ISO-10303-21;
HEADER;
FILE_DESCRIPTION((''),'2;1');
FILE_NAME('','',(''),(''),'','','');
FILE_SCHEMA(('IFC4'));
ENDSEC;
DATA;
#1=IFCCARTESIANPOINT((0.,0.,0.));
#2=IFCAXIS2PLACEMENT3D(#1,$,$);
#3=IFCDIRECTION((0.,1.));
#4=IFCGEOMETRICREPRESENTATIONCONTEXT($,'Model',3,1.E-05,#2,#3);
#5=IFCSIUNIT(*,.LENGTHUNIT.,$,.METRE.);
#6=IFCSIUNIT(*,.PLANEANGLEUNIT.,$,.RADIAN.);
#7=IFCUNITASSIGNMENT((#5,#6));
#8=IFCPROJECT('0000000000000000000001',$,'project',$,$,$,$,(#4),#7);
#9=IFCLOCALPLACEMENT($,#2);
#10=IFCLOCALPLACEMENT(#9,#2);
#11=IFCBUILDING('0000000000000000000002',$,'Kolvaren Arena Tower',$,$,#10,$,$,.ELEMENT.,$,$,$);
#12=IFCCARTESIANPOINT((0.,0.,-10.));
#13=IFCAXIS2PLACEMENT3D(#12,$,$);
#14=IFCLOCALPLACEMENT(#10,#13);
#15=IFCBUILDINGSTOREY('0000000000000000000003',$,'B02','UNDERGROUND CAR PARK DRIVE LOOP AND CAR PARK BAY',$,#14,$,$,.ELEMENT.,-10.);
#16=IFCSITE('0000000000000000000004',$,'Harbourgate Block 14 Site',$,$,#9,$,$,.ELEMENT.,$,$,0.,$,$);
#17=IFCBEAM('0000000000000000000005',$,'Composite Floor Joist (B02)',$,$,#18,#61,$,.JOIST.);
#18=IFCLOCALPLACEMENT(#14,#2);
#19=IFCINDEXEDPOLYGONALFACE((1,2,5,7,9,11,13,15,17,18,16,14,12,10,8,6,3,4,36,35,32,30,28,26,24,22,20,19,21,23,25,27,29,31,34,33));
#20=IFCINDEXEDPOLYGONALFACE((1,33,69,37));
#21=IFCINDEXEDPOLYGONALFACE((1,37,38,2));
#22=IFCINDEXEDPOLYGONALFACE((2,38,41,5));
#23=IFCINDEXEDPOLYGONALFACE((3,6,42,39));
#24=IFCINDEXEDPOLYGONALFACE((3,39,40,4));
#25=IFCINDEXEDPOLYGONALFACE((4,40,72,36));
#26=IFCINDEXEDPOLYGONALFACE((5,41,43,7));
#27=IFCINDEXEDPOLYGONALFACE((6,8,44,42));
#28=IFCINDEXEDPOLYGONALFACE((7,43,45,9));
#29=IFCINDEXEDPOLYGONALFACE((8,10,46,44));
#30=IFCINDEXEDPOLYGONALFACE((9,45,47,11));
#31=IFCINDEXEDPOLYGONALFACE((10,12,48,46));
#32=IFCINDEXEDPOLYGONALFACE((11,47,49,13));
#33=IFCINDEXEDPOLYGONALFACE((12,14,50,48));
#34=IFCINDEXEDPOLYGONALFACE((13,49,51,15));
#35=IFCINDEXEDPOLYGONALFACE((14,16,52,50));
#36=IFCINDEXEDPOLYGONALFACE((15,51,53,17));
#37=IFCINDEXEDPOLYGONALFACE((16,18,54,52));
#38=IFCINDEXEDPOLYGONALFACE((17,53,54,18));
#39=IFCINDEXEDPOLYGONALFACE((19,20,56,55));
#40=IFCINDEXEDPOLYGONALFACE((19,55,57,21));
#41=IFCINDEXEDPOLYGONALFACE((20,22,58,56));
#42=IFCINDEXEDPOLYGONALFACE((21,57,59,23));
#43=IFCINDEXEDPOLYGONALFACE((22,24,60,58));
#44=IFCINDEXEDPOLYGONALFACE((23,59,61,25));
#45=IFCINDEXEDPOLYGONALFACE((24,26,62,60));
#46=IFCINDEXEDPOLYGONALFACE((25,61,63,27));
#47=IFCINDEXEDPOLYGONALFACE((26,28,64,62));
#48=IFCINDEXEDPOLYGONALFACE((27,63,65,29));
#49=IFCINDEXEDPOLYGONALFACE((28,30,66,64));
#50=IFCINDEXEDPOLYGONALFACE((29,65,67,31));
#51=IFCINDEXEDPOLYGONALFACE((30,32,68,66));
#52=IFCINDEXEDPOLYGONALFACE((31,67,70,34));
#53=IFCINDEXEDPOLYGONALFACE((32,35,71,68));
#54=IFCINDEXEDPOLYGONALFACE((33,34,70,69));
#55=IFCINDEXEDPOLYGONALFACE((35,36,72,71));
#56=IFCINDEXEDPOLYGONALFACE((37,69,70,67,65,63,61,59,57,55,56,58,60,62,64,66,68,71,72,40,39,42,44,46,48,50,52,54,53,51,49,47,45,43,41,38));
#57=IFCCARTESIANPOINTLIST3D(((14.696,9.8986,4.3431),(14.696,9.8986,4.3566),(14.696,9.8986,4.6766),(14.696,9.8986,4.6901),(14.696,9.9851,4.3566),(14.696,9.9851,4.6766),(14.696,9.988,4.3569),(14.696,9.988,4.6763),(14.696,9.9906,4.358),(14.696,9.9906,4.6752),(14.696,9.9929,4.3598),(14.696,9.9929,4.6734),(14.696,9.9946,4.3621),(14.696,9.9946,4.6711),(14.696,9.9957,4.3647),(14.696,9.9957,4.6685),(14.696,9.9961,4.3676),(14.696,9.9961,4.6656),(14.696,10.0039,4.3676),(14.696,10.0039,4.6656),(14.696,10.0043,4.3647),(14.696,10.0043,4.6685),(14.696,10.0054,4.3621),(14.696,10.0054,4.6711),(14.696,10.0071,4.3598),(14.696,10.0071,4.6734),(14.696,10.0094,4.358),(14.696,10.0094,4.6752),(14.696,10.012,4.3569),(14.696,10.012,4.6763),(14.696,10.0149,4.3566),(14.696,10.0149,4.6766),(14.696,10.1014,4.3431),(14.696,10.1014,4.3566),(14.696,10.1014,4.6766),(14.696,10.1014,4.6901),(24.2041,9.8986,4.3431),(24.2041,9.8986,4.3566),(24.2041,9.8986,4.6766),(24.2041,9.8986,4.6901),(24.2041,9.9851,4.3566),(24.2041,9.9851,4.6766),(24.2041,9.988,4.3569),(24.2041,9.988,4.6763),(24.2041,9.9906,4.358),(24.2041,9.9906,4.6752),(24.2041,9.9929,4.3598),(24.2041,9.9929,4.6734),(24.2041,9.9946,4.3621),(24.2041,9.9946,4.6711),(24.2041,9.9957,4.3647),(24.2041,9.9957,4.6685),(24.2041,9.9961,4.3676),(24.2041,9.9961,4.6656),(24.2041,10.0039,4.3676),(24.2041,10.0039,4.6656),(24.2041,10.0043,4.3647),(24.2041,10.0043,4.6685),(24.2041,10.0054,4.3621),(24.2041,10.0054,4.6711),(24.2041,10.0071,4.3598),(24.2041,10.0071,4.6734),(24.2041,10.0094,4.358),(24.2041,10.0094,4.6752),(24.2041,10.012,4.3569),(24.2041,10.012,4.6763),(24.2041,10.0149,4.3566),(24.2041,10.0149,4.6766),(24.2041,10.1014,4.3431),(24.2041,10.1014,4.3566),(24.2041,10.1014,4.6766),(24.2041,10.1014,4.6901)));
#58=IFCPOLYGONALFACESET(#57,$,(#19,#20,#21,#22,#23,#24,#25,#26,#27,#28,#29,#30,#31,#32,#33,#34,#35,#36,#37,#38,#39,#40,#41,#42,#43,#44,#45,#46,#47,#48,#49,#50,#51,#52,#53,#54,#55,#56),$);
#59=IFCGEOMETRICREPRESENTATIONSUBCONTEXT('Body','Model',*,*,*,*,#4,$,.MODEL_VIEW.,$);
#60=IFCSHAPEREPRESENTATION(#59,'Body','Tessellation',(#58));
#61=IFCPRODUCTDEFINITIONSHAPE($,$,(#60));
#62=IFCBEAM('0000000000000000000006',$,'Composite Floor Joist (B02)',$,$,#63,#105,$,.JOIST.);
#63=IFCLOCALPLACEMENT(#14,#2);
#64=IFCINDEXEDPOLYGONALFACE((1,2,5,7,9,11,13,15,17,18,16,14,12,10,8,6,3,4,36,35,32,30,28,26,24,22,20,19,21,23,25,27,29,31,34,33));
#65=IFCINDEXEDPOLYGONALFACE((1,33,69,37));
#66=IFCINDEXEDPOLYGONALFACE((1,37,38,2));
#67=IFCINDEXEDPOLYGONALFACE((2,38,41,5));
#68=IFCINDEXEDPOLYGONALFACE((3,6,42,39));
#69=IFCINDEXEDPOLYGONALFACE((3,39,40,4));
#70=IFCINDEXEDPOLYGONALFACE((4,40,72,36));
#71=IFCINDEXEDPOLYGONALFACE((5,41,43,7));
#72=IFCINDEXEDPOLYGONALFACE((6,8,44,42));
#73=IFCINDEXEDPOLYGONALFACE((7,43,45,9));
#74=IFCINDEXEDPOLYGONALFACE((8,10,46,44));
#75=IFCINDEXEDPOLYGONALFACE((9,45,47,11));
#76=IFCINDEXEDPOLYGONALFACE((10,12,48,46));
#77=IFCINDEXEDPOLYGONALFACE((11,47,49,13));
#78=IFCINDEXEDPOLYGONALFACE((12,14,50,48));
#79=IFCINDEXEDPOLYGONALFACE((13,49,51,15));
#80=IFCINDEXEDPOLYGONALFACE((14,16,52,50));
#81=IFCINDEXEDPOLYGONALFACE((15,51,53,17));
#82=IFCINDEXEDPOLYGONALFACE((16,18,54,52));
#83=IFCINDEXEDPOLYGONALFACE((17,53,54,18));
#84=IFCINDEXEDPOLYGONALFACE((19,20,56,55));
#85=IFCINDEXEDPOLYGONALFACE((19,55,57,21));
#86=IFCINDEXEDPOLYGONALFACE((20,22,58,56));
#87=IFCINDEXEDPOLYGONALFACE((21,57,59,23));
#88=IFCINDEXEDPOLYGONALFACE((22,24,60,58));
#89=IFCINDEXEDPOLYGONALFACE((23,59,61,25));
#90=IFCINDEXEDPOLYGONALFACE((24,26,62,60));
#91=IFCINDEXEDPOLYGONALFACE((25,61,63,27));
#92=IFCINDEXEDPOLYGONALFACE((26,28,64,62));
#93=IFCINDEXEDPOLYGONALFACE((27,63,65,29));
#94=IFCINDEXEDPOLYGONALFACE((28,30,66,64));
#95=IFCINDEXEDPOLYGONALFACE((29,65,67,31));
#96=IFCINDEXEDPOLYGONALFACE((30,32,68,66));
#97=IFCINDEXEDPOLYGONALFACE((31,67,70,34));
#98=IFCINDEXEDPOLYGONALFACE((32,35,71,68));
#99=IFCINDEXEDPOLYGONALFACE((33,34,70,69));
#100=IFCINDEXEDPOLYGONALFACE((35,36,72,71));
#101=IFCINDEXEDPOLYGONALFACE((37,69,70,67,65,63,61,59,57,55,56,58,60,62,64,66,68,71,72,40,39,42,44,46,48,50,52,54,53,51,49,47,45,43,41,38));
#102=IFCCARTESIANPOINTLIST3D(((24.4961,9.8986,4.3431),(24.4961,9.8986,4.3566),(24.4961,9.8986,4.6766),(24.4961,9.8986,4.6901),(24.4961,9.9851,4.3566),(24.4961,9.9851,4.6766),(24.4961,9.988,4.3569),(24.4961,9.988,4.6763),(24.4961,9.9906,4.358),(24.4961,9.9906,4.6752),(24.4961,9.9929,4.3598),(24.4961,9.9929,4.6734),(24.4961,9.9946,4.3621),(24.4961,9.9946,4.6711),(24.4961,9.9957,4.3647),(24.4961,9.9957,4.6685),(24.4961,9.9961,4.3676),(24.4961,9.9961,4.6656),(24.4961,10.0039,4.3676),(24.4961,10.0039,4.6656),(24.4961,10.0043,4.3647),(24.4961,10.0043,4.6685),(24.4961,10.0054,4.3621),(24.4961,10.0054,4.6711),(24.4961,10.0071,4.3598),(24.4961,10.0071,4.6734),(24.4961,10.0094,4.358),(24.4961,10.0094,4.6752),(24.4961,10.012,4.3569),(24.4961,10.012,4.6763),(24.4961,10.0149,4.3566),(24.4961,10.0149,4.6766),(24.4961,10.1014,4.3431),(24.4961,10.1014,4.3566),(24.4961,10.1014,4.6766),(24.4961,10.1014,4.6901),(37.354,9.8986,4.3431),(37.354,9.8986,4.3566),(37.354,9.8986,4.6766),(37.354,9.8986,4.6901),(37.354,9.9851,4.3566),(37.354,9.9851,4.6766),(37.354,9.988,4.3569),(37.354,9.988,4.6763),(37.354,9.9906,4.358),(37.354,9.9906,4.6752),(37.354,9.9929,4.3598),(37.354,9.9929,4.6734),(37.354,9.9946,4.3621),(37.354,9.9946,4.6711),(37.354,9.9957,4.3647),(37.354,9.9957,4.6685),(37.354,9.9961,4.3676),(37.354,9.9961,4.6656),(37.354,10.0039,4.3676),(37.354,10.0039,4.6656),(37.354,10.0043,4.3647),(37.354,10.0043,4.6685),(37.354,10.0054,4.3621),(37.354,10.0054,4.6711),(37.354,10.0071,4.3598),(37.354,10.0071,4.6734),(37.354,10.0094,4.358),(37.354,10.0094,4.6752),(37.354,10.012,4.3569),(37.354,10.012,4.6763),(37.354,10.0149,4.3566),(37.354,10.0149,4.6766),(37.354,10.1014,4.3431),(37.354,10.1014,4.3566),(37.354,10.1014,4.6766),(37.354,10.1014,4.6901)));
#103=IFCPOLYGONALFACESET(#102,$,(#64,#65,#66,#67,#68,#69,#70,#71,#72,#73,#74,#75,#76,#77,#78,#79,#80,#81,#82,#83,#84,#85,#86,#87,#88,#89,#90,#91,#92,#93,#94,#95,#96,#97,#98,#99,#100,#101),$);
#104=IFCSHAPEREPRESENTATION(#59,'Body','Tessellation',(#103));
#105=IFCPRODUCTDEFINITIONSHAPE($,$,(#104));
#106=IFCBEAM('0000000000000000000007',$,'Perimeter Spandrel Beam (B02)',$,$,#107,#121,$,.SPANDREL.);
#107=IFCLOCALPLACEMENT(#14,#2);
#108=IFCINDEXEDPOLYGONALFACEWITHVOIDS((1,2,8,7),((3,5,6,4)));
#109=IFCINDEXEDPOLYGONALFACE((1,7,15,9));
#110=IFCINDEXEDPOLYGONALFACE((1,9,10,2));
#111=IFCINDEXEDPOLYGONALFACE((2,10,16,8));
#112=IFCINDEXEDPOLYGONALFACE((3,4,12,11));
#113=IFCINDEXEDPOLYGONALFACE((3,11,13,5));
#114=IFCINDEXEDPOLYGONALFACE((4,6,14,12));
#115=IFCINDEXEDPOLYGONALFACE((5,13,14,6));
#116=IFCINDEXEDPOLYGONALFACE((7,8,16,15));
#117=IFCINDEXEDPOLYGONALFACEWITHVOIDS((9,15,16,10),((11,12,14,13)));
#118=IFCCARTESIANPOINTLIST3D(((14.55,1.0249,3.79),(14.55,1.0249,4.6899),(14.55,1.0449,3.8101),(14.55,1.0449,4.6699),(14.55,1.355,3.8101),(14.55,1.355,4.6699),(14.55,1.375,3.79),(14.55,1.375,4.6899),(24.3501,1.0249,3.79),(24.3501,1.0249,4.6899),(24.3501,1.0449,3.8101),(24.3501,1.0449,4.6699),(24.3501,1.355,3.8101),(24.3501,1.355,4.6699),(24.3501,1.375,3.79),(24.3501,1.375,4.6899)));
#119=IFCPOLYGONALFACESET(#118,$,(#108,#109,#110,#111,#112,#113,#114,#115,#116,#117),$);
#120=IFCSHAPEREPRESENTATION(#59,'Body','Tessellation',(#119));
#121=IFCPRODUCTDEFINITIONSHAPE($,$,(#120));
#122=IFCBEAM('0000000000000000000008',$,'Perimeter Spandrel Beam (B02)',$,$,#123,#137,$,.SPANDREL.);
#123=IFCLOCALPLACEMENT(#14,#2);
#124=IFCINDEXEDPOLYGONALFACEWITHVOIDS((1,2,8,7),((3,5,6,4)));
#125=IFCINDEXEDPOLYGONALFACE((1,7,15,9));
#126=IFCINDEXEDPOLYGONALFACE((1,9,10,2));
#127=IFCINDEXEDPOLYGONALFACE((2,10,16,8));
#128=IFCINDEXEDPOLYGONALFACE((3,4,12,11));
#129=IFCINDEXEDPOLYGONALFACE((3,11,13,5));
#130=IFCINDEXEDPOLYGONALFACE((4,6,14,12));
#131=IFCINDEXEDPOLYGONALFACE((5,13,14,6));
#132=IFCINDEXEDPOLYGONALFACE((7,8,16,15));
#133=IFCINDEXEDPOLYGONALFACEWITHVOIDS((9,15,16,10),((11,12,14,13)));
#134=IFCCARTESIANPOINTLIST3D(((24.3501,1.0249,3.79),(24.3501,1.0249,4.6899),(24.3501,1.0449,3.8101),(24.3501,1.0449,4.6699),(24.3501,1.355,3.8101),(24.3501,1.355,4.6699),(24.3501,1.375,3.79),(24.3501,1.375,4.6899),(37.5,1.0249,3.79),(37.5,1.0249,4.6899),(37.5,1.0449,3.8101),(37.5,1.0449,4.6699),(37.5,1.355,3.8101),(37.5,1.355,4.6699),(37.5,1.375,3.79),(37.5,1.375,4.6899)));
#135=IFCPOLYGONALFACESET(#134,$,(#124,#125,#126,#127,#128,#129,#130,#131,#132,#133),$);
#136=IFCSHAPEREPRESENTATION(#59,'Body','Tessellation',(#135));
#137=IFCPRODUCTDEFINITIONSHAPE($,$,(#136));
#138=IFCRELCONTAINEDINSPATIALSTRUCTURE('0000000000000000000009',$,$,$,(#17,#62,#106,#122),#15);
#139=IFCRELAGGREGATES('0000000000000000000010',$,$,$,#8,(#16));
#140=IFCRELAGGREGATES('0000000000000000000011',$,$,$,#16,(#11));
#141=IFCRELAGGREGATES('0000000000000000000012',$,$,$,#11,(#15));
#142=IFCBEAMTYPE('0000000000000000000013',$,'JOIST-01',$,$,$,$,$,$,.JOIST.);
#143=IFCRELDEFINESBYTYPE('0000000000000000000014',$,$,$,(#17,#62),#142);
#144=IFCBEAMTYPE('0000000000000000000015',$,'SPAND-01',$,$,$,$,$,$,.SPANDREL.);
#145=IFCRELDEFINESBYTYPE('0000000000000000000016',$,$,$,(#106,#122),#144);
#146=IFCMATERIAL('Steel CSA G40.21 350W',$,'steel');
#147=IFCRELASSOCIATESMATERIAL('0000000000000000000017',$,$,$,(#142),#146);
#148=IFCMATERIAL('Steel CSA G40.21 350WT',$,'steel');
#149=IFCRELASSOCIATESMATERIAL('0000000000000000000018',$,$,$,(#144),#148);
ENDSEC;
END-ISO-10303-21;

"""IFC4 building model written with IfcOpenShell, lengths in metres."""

from ifc_helpers import new_model, si_unit, direction, frame, origin, origin_2d, place, context, subcontext, project, spatial, hollow_rectangle, i_section, extrude, material, material_profile, profile_set, type_object, element, save


model = new_model("IFC4")

# Units and contexts
model_context = context("Model", 3, precision=1e-05, world=origin(), true_north=direction((0.0, 1.0)))
body_context = subcontext(model_context, "Body", "Model", "MODEL_VIEW")
ifc_project = project(units=[si_unit("LENGTHUNIT", "METRE"), si_unit("PLANEANGLEUNIT", "RADIAN")], contexts=[model_context])

# Site, building, storey
site_placement = place(None, origin())
site = spatial("IfcSite", under=ifc_project, at=site_placement, Name="Harbourgate Block 14 Site", CompositionType="ELEMENT", RefElevation=0.0)
building_placement = place(site_placement, origin())
building = spatial("IfcBuilding", under=site, at=building_placement, Name="Kolvaren Arena Tower", CompositionType="ELEMENT")
storey_placement = place(building_placement, frame((0.0, 0.0, -10.0)))
storey = spatial("IfcBuildingStorey", under=building, at=storey_placement, Name="B02", Description="UNDERGROUND CAR PARK DRIVE LOOP AND CAR PARK BAY", CompositionType="ELEMENT", Elevation=-10.0)

# Beams
ifc_material_1 = material(Name="Steel CSA G40.21 350W", Category="steel")
ifc_material_profile_1 = material_profile(ifc_material_1, i_section(OverallWidth=0.2029, OverallDepth=0.3469, WebThickness=0.0078, FlangeThickness=0.0134, FilletRadius=0.011, at=origin_2d()), Name="W360x64")
ifc_profile_set_1 = profile_set([ifc_material_profile_1], Name="Steel CSA G40.21 350W")
beam_type_1 = type_object("IfcBeamType", Name="JOIST-01", PredefinedType="JOIST", material=ifc_profile_set_1)
for number, where, z_axis, x_axis, name in (
    (1, (14.696, 10.0, 4.5166), (1.0, 0.0, 0.0), (0.0, 1.0, 0.0), "Composite Floor Joist (B02)"),
):
    element("IfcBeam", number, at=place(storey_placement, frame(where, z_axis=z_axis, x_axis=x_axis)), inside=storey, type_object=beam_type_1, Name=name, PredefinedType="JOIST", context=body_context, shape_type="SweptSolid", body=[
        extrude(i_section(OverallWidth=0.2029, OverallDepth=0.3469, WebThickness=0.0078, FlangeThickness=0.0134, FilletRadius=0.011, at=origin_2d()), origin(), (0.0, 0.0, 1.0), 9.5081),
    ])
beam_1_placement = place(storey_placement, frame((24.4961, 10.0, 4.5166), z_axis=(1.0, 0.0, 0.0), x_axis=(0.0, 1.0, 0.0)))
element("IfcBeam", 2, at=beam_1_placement, inside=storey, type_object=beam_type_1, Name="Composite Floor Joist (B02)", PredefinedType="JOIST", context=body_context, shape_type="SweptSolid", body=[
    extrude(i_section(OverallWidth=0.2029, OverallDepth=0.3469, WebThickness=0.0078, FlangeThickness=0.0134, FilletRadius=0.011, at=origin_2d()), origin(), (0.0, 0.0, 1.0), 12.8579),
])
ifc_material_2 = material(Name="Steel CSA G40.21 350WT", Category="steel")
ifc_material_profile_2 = material_profile(ifc_material_2, hollow_rectangle(XDim=0.3501, YDim=0.8999, WallThickness=0.02, at=origin_2d()), Name="HSS 900x350x20")
ifc_profile_set_2 = profile_set([ifc_material_profile_2], Name="Steel CSA G40.21 350WT")
beam_type_2 = type_object("IfcBeamType", Name="SPAND-01", PredefinedType="SPANDREL", material=ifc_profile_set_2)
beam_2_placement = place(storey_placement, frame((14.55, 1.2, 4.24), z_axis=(1.0, 0.0, 0.0), x_axis=(0.0, 1.0, 0.0)))
element("IfcBeam", 3, at=beam_2_placement, inside=storey, type_object=beam_type_2, Name="Perimeter Spandrel Beam (B02)", PredefinedType="SPANDREL", context=body_context, shape_type="SweptSolid", body=[
    extrude(hollow_rectangle(XDim=0.3501, YDim=0.8999, WallThickness=0.02, at=origin_2d()), origin(), (0.0, 0.0, 1.0), 9.8),
])
beam_3_placement = place(storey_placement, frame((24.3501, 1.2, 4.24), z_axis=(1.0, 0.0, 0.0), x_axis=(0.0, 1.0, 0.0)))
element("IfcBeam", 4, at=beam_3_placement, inside=storey, type_object=beam_type_2, Name="Perimeter Spandrel Beam (B02)", PredefinedType="SPANDREL", context=body_context, shape_type="SweptSolid", body=[
    extrude(hollow_rectangle(XDim=0.3501, YDim=0.8999, WallThickness=0.02, at=origin_2d()), origin(), (0.0, 0.0, 1.0), 13.1499),
])

save(model, "model.ifc")
